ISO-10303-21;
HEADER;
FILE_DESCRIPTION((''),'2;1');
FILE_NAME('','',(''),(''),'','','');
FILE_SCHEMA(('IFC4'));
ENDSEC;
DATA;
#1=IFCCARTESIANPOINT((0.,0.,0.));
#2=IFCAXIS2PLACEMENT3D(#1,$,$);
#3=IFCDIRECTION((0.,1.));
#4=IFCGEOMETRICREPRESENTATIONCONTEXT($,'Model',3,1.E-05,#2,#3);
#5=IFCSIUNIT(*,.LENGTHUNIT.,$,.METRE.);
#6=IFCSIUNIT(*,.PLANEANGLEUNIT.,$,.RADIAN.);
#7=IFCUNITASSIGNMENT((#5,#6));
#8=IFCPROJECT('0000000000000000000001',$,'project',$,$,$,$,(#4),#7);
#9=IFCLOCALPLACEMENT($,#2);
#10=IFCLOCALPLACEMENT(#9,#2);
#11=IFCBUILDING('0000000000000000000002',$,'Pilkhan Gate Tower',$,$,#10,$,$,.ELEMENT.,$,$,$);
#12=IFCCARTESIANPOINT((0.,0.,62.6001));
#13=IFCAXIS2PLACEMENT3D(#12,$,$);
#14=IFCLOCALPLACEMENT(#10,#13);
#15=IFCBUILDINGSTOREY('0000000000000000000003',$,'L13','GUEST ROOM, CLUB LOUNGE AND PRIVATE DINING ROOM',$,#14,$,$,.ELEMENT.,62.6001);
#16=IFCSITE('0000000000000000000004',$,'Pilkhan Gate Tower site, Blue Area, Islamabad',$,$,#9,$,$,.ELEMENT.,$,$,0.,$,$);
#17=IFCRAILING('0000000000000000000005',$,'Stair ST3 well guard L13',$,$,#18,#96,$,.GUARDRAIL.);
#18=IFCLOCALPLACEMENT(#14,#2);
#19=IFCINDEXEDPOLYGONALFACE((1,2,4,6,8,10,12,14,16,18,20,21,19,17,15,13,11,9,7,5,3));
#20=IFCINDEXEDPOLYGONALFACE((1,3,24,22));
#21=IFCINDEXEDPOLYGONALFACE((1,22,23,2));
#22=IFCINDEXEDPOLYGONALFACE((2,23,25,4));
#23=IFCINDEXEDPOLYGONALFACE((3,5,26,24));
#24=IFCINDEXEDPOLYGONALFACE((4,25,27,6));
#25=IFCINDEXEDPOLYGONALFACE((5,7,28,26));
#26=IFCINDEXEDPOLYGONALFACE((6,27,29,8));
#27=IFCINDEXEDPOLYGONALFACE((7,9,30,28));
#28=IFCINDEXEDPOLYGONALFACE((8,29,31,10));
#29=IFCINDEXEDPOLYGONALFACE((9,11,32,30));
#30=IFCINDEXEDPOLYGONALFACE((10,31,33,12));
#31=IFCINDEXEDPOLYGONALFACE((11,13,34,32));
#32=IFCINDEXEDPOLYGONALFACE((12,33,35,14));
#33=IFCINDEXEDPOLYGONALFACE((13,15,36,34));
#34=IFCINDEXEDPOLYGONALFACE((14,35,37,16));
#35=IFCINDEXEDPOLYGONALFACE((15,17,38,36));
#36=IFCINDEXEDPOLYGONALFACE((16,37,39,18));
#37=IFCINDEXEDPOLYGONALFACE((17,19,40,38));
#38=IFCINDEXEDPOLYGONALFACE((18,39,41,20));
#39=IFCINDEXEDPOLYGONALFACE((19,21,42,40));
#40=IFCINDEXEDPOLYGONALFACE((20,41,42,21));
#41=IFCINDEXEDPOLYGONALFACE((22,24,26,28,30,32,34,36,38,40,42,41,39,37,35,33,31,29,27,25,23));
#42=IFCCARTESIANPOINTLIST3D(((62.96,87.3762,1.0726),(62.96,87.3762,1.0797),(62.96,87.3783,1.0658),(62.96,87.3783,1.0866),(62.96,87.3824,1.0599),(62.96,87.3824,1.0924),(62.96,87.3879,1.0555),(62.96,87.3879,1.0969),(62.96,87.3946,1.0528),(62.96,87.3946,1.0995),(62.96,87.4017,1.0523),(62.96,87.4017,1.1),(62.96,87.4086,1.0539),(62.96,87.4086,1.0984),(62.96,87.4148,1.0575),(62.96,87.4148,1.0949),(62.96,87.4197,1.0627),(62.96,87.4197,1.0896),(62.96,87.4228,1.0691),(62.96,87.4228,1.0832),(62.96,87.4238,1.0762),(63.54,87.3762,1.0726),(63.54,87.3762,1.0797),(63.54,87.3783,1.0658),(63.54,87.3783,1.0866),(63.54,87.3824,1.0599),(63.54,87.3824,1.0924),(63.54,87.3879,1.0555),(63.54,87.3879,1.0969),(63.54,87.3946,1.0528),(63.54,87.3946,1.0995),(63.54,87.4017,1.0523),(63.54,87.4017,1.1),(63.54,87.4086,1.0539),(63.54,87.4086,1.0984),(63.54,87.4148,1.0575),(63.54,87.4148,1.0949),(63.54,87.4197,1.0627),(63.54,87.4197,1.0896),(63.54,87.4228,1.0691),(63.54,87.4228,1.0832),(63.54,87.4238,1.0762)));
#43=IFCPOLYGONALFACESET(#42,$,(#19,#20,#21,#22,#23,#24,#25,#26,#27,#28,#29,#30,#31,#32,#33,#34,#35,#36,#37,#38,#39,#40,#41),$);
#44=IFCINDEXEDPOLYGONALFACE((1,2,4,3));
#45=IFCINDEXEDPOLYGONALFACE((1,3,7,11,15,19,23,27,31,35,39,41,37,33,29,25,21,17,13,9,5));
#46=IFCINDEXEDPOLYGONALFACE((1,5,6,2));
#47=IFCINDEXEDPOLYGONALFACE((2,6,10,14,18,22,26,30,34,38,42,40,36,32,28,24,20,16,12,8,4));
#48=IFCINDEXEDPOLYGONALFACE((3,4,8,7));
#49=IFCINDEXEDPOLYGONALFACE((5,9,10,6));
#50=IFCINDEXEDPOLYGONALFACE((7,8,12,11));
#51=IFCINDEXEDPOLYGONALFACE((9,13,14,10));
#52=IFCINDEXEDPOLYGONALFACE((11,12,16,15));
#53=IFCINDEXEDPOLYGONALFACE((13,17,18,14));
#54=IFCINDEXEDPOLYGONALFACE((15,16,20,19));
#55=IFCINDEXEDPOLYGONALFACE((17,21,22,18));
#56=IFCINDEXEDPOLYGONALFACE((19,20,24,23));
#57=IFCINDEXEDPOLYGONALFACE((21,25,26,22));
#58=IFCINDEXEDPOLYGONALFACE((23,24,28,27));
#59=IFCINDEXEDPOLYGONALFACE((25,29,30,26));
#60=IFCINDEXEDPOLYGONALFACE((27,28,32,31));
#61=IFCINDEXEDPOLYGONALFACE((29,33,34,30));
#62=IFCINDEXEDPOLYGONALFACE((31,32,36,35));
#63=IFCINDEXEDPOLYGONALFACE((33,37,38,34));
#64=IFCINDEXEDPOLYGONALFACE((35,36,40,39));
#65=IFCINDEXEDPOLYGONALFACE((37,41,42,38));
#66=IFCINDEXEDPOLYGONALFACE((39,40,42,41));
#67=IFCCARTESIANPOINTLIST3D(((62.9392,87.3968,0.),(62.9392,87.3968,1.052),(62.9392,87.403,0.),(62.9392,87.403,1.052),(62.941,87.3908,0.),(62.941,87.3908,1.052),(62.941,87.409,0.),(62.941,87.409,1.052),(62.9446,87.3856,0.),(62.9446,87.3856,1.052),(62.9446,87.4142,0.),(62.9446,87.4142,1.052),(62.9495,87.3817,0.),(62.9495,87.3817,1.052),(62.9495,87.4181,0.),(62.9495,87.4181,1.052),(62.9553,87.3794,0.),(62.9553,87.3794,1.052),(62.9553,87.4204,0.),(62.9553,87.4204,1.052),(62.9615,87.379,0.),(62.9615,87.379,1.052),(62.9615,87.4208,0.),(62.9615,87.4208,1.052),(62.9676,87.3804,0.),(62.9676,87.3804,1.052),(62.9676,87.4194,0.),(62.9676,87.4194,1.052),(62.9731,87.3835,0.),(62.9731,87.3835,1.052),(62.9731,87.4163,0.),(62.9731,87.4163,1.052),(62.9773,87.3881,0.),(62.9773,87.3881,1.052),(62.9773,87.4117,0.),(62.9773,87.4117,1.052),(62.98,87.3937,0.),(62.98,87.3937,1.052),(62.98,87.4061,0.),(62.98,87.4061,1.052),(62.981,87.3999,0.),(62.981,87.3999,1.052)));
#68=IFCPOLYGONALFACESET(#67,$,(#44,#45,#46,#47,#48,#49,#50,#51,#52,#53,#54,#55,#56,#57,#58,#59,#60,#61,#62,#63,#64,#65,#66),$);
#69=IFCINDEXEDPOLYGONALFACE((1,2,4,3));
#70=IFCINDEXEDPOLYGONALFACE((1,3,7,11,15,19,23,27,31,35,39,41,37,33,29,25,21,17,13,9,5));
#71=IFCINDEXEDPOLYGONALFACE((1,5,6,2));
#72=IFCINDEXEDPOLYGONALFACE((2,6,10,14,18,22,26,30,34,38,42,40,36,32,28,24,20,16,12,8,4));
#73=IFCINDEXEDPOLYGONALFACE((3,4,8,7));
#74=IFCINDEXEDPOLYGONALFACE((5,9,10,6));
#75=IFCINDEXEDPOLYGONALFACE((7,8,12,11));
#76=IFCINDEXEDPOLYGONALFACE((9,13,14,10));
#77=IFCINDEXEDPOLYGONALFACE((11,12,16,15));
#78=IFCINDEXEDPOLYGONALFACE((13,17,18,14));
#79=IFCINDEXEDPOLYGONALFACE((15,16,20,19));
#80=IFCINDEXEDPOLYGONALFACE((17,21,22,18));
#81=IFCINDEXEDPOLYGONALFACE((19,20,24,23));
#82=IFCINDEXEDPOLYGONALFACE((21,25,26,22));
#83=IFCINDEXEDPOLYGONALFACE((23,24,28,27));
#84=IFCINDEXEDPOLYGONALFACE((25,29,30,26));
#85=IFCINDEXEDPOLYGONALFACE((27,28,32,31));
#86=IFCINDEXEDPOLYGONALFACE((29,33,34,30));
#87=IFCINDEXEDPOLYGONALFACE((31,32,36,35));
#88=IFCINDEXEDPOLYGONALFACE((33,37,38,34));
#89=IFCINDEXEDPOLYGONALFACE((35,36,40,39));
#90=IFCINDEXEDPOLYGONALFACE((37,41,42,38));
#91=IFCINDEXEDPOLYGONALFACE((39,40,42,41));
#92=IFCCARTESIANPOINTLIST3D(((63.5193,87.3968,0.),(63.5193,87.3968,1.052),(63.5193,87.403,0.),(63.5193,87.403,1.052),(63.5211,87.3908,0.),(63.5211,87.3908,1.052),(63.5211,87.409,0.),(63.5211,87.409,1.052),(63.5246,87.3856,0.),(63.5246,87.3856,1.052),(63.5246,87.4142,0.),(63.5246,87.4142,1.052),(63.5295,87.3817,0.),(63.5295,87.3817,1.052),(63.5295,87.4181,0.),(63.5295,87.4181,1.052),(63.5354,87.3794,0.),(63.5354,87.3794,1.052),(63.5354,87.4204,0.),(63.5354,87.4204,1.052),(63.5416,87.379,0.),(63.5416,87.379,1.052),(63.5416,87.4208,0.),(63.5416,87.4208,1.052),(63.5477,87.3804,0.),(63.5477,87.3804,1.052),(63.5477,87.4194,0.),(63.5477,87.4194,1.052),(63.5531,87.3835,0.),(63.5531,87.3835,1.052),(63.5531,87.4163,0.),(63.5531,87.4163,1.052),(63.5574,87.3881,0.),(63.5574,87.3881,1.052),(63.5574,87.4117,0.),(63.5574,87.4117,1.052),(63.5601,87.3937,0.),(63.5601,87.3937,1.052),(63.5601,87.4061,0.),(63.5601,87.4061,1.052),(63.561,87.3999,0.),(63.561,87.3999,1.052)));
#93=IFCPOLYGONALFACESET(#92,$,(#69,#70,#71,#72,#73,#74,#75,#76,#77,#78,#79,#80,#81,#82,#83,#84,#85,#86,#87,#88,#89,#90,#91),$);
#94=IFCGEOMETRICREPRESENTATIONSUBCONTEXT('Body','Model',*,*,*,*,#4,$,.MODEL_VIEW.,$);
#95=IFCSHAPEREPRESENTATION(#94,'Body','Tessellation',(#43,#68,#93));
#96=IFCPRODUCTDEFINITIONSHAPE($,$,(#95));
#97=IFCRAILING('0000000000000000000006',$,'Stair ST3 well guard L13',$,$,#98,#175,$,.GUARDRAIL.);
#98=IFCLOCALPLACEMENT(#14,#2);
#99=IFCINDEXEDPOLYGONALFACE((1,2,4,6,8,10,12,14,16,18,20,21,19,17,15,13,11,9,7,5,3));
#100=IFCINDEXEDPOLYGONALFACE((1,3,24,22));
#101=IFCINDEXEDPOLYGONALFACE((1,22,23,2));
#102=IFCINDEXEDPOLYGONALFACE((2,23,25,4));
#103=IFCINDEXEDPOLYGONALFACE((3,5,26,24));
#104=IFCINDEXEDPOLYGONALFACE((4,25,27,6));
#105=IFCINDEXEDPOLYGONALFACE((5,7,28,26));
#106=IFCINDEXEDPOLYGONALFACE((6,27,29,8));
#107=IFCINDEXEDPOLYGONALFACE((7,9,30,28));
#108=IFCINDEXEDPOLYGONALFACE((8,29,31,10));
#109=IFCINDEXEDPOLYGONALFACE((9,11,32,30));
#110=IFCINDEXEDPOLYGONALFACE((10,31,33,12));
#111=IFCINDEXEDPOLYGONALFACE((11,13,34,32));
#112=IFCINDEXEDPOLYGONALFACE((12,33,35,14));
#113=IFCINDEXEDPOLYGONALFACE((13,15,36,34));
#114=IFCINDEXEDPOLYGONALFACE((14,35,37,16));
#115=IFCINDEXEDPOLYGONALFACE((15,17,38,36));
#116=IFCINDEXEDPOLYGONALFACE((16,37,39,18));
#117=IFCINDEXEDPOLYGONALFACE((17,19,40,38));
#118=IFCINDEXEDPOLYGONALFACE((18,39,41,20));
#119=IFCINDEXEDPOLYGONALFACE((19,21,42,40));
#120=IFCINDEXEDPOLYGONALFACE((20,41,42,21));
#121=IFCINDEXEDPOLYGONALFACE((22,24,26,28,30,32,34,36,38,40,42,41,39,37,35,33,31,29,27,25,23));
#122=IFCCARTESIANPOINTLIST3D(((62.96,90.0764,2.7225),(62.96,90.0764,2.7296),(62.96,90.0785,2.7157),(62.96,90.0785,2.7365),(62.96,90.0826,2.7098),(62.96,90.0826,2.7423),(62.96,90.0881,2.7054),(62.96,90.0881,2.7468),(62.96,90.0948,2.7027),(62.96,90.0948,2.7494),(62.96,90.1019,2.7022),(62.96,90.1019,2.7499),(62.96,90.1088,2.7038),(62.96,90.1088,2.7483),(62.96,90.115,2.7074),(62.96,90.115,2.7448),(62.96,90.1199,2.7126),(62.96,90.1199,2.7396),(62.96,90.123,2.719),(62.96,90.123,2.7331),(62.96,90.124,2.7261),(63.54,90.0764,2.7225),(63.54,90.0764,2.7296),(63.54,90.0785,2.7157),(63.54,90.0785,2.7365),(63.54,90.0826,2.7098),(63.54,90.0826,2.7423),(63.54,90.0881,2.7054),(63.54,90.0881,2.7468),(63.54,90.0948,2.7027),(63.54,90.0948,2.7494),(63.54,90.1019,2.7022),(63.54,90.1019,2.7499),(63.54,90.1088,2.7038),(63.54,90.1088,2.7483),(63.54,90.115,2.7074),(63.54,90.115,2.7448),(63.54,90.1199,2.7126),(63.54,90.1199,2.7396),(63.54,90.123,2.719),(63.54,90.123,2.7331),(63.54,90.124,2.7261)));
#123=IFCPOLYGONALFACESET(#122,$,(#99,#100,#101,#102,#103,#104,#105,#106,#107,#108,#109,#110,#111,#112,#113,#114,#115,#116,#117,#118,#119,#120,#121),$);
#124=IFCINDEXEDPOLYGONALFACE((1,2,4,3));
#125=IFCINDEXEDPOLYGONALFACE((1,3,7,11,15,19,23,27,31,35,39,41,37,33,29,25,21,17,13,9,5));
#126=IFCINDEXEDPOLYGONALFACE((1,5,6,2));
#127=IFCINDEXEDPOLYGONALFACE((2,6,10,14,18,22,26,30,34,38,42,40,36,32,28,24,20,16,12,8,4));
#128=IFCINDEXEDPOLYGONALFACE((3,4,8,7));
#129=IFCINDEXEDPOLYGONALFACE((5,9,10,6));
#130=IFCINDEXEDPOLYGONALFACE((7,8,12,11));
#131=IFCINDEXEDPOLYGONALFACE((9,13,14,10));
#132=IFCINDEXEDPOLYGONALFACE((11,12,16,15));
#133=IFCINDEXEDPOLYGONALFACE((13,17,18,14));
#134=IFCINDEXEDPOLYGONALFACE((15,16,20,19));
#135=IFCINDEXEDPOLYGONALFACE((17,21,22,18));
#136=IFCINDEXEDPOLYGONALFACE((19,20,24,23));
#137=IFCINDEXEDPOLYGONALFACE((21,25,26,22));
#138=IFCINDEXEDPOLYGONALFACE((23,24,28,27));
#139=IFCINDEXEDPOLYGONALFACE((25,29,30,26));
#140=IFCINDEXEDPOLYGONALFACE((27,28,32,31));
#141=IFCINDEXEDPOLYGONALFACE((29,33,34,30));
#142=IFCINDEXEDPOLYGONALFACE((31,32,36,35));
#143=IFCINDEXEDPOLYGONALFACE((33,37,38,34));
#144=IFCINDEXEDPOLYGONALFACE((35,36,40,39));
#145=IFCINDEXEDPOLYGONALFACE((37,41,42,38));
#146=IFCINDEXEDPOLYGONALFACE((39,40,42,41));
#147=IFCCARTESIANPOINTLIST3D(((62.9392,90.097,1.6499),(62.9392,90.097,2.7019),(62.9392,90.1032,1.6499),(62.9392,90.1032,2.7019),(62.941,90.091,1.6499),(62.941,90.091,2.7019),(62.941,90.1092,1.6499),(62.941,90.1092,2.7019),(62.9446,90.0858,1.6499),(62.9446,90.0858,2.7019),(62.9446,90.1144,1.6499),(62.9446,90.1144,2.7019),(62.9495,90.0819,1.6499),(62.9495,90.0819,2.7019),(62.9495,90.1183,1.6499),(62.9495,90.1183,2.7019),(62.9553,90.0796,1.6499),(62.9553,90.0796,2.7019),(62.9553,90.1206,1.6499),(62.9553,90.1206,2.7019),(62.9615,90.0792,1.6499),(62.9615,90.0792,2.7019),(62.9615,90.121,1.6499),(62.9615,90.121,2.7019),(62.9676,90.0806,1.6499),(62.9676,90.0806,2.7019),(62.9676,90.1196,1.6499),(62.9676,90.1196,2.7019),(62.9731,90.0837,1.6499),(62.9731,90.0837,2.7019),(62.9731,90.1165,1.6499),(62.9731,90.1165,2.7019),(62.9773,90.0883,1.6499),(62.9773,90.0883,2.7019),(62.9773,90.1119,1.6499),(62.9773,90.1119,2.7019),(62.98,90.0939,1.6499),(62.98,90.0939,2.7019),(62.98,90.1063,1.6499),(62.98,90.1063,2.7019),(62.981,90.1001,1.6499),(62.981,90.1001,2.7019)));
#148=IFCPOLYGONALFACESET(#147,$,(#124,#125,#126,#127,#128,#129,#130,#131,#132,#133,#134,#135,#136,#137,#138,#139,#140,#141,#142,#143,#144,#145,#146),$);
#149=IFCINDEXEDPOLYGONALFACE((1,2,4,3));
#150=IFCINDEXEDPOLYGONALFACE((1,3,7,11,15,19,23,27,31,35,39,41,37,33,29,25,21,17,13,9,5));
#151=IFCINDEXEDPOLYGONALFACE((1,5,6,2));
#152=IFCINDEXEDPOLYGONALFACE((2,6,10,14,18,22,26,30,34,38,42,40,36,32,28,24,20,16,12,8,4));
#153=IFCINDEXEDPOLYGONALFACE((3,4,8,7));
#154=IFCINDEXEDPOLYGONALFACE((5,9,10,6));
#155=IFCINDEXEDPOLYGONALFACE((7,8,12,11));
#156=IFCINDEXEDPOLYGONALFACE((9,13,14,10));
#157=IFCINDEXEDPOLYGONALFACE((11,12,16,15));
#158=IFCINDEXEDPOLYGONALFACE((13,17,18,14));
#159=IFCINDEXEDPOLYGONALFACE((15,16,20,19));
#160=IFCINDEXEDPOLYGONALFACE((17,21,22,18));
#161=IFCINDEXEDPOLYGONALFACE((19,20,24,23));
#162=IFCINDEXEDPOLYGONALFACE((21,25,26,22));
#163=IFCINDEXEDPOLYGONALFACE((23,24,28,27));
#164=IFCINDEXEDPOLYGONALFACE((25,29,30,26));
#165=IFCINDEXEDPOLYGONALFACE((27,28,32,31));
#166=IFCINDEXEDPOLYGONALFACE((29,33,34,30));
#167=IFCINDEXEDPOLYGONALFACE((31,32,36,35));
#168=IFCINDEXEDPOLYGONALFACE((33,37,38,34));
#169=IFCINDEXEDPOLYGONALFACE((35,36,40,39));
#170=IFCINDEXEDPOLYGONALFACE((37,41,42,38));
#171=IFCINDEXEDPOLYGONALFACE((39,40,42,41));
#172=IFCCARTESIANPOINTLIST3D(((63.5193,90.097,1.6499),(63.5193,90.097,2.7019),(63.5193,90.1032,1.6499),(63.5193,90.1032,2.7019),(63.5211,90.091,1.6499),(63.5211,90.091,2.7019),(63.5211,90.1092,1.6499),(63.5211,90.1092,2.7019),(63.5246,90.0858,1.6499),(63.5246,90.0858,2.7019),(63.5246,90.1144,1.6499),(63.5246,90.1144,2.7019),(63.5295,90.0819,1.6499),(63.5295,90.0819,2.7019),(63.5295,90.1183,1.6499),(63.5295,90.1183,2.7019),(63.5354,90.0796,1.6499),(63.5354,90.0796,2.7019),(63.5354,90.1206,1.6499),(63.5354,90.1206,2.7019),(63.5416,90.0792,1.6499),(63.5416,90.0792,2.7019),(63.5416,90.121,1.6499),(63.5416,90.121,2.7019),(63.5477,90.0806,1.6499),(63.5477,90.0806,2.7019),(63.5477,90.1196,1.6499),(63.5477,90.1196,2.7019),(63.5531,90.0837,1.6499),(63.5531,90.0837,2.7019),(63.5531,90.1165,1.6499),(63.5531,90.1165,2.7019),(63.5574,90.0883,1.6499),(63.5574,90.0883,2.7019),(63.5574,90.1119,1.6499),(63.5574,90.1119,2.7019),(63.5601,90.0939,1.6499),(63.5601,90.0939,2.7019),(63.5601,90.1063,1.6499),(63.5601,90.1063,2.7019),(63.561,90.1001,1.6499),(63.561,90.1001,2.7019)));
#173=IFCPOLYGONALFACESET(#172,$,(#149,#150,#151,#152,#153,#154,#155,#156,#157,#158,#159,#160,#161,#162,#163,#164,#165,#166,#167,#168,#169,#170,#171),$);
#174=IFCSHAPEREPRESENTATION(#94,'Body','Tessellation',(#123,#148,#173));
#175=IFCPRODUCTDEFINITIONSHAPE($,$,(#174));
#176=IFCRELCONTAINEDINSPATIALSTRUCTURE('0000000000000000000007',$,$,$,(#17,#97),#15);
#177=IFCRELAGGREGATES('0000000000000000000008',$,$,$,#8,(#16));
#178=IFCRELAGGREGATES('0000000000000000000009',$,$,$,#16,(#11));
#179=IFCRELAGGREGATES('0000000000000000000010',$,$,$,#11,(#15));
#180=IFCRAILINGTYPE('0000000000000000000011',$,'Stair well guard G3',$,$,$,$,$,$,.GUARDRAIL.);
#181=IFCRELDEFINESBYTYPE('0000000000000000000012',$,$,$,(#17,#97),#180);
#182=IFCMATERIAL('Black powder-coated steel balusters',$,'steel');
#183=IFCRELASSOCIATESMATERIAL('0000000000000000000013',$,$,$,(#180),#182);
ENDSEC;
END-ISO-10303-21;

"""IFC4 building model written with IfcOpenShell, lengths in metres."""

from ifc_helpers import new_model, si_unit, direction, frame, origin, origin_2d, place, context, subcontext, project, spatial, circle, extrude, material, type_object, element, save


model = new_model("IFC4")

# Units and contexts
model_context = context("Model", 3, precision=1e-05, world=origin(), true_north=direction((0.0, 1.0)))
body_context = subcontext(model_context, "Body", "Model", "MODEL_VIEW")
ifc_project = project(units=[si_unit("LENGTHUNIT", "METRE"), si_unit("PLANEANGLEUNIT", "RADIAN")], contexts=[model_context])

# Site, building, storey
site_placement = place(None, origin())
site = spatial("IfcSite", under=ifc_project, at=site_placement, Name="Pilkhan Gate Tower site, Blue Area, Islamabad", CompositionType="ELEMENT", RefElevation=0.0)
building_placement = place(site_placement, origin())
building = spatial("IfcBuilding", under=site, at=building_placement, Name="Pilkhan Gate Tower", CompositionType="ELEMENT")
storey_placement = place(building_placement, frame((0.0, 0.0, 62.6001)))
storey = spatial("IfcBuildingStorey", under=building, at=storey_placement, Name="L13", Description="GUEST ROOM, CLUB LOUNGE AND PRIVATE DINING ROOM", CompositionType="ELEMENT", Elevation=62.6001)

# Railings
ifc_material_1 = material(Name="Black powder-coated steel balusters", Category="steel")
railing_type_1 = type_object("IfcRailingType", Name="Stair well guard G3", PredefinedType="GUARDRAIL", material=ifc_material_1)
for number, where, name in (
    (1, (62.96, 87.3999, 0.0), "Stair ST3 well guard L13"),
    (2, (62.96, 90.1001, 1.6499), "Stair ST3 well guard L13"),
):
    element("IfcRailing", number, at=place(storey_placement, frame(where)), inside=storey, type_object=railing_type_1, Name=name, PredefinedType="GUARDRAIL", context=body_context, shape_type="SweptSolid", body=[
        extrude(circle(Radius=0.0239, at=origin_2d()), frame((0.0, 0.0, 1.0762), z_axis=(1.0, 0.0, 0.0), x_axis=(0.0, 1.0, 0.0)), (0.0, 0.0, 1.0), 0.5801),
        extrude(circle(Radius=0.021, at=origin_2d()), origin(), (0.0, 0.0, 1.0), 1.052),
        extrude(circle(Radius=0.021, at=origin_2d()), frame((0.5801, 0.0, 0.0)), (0.0, 0.0, 1.0), 1.052),
    ])

save(model, "model.ifc")
